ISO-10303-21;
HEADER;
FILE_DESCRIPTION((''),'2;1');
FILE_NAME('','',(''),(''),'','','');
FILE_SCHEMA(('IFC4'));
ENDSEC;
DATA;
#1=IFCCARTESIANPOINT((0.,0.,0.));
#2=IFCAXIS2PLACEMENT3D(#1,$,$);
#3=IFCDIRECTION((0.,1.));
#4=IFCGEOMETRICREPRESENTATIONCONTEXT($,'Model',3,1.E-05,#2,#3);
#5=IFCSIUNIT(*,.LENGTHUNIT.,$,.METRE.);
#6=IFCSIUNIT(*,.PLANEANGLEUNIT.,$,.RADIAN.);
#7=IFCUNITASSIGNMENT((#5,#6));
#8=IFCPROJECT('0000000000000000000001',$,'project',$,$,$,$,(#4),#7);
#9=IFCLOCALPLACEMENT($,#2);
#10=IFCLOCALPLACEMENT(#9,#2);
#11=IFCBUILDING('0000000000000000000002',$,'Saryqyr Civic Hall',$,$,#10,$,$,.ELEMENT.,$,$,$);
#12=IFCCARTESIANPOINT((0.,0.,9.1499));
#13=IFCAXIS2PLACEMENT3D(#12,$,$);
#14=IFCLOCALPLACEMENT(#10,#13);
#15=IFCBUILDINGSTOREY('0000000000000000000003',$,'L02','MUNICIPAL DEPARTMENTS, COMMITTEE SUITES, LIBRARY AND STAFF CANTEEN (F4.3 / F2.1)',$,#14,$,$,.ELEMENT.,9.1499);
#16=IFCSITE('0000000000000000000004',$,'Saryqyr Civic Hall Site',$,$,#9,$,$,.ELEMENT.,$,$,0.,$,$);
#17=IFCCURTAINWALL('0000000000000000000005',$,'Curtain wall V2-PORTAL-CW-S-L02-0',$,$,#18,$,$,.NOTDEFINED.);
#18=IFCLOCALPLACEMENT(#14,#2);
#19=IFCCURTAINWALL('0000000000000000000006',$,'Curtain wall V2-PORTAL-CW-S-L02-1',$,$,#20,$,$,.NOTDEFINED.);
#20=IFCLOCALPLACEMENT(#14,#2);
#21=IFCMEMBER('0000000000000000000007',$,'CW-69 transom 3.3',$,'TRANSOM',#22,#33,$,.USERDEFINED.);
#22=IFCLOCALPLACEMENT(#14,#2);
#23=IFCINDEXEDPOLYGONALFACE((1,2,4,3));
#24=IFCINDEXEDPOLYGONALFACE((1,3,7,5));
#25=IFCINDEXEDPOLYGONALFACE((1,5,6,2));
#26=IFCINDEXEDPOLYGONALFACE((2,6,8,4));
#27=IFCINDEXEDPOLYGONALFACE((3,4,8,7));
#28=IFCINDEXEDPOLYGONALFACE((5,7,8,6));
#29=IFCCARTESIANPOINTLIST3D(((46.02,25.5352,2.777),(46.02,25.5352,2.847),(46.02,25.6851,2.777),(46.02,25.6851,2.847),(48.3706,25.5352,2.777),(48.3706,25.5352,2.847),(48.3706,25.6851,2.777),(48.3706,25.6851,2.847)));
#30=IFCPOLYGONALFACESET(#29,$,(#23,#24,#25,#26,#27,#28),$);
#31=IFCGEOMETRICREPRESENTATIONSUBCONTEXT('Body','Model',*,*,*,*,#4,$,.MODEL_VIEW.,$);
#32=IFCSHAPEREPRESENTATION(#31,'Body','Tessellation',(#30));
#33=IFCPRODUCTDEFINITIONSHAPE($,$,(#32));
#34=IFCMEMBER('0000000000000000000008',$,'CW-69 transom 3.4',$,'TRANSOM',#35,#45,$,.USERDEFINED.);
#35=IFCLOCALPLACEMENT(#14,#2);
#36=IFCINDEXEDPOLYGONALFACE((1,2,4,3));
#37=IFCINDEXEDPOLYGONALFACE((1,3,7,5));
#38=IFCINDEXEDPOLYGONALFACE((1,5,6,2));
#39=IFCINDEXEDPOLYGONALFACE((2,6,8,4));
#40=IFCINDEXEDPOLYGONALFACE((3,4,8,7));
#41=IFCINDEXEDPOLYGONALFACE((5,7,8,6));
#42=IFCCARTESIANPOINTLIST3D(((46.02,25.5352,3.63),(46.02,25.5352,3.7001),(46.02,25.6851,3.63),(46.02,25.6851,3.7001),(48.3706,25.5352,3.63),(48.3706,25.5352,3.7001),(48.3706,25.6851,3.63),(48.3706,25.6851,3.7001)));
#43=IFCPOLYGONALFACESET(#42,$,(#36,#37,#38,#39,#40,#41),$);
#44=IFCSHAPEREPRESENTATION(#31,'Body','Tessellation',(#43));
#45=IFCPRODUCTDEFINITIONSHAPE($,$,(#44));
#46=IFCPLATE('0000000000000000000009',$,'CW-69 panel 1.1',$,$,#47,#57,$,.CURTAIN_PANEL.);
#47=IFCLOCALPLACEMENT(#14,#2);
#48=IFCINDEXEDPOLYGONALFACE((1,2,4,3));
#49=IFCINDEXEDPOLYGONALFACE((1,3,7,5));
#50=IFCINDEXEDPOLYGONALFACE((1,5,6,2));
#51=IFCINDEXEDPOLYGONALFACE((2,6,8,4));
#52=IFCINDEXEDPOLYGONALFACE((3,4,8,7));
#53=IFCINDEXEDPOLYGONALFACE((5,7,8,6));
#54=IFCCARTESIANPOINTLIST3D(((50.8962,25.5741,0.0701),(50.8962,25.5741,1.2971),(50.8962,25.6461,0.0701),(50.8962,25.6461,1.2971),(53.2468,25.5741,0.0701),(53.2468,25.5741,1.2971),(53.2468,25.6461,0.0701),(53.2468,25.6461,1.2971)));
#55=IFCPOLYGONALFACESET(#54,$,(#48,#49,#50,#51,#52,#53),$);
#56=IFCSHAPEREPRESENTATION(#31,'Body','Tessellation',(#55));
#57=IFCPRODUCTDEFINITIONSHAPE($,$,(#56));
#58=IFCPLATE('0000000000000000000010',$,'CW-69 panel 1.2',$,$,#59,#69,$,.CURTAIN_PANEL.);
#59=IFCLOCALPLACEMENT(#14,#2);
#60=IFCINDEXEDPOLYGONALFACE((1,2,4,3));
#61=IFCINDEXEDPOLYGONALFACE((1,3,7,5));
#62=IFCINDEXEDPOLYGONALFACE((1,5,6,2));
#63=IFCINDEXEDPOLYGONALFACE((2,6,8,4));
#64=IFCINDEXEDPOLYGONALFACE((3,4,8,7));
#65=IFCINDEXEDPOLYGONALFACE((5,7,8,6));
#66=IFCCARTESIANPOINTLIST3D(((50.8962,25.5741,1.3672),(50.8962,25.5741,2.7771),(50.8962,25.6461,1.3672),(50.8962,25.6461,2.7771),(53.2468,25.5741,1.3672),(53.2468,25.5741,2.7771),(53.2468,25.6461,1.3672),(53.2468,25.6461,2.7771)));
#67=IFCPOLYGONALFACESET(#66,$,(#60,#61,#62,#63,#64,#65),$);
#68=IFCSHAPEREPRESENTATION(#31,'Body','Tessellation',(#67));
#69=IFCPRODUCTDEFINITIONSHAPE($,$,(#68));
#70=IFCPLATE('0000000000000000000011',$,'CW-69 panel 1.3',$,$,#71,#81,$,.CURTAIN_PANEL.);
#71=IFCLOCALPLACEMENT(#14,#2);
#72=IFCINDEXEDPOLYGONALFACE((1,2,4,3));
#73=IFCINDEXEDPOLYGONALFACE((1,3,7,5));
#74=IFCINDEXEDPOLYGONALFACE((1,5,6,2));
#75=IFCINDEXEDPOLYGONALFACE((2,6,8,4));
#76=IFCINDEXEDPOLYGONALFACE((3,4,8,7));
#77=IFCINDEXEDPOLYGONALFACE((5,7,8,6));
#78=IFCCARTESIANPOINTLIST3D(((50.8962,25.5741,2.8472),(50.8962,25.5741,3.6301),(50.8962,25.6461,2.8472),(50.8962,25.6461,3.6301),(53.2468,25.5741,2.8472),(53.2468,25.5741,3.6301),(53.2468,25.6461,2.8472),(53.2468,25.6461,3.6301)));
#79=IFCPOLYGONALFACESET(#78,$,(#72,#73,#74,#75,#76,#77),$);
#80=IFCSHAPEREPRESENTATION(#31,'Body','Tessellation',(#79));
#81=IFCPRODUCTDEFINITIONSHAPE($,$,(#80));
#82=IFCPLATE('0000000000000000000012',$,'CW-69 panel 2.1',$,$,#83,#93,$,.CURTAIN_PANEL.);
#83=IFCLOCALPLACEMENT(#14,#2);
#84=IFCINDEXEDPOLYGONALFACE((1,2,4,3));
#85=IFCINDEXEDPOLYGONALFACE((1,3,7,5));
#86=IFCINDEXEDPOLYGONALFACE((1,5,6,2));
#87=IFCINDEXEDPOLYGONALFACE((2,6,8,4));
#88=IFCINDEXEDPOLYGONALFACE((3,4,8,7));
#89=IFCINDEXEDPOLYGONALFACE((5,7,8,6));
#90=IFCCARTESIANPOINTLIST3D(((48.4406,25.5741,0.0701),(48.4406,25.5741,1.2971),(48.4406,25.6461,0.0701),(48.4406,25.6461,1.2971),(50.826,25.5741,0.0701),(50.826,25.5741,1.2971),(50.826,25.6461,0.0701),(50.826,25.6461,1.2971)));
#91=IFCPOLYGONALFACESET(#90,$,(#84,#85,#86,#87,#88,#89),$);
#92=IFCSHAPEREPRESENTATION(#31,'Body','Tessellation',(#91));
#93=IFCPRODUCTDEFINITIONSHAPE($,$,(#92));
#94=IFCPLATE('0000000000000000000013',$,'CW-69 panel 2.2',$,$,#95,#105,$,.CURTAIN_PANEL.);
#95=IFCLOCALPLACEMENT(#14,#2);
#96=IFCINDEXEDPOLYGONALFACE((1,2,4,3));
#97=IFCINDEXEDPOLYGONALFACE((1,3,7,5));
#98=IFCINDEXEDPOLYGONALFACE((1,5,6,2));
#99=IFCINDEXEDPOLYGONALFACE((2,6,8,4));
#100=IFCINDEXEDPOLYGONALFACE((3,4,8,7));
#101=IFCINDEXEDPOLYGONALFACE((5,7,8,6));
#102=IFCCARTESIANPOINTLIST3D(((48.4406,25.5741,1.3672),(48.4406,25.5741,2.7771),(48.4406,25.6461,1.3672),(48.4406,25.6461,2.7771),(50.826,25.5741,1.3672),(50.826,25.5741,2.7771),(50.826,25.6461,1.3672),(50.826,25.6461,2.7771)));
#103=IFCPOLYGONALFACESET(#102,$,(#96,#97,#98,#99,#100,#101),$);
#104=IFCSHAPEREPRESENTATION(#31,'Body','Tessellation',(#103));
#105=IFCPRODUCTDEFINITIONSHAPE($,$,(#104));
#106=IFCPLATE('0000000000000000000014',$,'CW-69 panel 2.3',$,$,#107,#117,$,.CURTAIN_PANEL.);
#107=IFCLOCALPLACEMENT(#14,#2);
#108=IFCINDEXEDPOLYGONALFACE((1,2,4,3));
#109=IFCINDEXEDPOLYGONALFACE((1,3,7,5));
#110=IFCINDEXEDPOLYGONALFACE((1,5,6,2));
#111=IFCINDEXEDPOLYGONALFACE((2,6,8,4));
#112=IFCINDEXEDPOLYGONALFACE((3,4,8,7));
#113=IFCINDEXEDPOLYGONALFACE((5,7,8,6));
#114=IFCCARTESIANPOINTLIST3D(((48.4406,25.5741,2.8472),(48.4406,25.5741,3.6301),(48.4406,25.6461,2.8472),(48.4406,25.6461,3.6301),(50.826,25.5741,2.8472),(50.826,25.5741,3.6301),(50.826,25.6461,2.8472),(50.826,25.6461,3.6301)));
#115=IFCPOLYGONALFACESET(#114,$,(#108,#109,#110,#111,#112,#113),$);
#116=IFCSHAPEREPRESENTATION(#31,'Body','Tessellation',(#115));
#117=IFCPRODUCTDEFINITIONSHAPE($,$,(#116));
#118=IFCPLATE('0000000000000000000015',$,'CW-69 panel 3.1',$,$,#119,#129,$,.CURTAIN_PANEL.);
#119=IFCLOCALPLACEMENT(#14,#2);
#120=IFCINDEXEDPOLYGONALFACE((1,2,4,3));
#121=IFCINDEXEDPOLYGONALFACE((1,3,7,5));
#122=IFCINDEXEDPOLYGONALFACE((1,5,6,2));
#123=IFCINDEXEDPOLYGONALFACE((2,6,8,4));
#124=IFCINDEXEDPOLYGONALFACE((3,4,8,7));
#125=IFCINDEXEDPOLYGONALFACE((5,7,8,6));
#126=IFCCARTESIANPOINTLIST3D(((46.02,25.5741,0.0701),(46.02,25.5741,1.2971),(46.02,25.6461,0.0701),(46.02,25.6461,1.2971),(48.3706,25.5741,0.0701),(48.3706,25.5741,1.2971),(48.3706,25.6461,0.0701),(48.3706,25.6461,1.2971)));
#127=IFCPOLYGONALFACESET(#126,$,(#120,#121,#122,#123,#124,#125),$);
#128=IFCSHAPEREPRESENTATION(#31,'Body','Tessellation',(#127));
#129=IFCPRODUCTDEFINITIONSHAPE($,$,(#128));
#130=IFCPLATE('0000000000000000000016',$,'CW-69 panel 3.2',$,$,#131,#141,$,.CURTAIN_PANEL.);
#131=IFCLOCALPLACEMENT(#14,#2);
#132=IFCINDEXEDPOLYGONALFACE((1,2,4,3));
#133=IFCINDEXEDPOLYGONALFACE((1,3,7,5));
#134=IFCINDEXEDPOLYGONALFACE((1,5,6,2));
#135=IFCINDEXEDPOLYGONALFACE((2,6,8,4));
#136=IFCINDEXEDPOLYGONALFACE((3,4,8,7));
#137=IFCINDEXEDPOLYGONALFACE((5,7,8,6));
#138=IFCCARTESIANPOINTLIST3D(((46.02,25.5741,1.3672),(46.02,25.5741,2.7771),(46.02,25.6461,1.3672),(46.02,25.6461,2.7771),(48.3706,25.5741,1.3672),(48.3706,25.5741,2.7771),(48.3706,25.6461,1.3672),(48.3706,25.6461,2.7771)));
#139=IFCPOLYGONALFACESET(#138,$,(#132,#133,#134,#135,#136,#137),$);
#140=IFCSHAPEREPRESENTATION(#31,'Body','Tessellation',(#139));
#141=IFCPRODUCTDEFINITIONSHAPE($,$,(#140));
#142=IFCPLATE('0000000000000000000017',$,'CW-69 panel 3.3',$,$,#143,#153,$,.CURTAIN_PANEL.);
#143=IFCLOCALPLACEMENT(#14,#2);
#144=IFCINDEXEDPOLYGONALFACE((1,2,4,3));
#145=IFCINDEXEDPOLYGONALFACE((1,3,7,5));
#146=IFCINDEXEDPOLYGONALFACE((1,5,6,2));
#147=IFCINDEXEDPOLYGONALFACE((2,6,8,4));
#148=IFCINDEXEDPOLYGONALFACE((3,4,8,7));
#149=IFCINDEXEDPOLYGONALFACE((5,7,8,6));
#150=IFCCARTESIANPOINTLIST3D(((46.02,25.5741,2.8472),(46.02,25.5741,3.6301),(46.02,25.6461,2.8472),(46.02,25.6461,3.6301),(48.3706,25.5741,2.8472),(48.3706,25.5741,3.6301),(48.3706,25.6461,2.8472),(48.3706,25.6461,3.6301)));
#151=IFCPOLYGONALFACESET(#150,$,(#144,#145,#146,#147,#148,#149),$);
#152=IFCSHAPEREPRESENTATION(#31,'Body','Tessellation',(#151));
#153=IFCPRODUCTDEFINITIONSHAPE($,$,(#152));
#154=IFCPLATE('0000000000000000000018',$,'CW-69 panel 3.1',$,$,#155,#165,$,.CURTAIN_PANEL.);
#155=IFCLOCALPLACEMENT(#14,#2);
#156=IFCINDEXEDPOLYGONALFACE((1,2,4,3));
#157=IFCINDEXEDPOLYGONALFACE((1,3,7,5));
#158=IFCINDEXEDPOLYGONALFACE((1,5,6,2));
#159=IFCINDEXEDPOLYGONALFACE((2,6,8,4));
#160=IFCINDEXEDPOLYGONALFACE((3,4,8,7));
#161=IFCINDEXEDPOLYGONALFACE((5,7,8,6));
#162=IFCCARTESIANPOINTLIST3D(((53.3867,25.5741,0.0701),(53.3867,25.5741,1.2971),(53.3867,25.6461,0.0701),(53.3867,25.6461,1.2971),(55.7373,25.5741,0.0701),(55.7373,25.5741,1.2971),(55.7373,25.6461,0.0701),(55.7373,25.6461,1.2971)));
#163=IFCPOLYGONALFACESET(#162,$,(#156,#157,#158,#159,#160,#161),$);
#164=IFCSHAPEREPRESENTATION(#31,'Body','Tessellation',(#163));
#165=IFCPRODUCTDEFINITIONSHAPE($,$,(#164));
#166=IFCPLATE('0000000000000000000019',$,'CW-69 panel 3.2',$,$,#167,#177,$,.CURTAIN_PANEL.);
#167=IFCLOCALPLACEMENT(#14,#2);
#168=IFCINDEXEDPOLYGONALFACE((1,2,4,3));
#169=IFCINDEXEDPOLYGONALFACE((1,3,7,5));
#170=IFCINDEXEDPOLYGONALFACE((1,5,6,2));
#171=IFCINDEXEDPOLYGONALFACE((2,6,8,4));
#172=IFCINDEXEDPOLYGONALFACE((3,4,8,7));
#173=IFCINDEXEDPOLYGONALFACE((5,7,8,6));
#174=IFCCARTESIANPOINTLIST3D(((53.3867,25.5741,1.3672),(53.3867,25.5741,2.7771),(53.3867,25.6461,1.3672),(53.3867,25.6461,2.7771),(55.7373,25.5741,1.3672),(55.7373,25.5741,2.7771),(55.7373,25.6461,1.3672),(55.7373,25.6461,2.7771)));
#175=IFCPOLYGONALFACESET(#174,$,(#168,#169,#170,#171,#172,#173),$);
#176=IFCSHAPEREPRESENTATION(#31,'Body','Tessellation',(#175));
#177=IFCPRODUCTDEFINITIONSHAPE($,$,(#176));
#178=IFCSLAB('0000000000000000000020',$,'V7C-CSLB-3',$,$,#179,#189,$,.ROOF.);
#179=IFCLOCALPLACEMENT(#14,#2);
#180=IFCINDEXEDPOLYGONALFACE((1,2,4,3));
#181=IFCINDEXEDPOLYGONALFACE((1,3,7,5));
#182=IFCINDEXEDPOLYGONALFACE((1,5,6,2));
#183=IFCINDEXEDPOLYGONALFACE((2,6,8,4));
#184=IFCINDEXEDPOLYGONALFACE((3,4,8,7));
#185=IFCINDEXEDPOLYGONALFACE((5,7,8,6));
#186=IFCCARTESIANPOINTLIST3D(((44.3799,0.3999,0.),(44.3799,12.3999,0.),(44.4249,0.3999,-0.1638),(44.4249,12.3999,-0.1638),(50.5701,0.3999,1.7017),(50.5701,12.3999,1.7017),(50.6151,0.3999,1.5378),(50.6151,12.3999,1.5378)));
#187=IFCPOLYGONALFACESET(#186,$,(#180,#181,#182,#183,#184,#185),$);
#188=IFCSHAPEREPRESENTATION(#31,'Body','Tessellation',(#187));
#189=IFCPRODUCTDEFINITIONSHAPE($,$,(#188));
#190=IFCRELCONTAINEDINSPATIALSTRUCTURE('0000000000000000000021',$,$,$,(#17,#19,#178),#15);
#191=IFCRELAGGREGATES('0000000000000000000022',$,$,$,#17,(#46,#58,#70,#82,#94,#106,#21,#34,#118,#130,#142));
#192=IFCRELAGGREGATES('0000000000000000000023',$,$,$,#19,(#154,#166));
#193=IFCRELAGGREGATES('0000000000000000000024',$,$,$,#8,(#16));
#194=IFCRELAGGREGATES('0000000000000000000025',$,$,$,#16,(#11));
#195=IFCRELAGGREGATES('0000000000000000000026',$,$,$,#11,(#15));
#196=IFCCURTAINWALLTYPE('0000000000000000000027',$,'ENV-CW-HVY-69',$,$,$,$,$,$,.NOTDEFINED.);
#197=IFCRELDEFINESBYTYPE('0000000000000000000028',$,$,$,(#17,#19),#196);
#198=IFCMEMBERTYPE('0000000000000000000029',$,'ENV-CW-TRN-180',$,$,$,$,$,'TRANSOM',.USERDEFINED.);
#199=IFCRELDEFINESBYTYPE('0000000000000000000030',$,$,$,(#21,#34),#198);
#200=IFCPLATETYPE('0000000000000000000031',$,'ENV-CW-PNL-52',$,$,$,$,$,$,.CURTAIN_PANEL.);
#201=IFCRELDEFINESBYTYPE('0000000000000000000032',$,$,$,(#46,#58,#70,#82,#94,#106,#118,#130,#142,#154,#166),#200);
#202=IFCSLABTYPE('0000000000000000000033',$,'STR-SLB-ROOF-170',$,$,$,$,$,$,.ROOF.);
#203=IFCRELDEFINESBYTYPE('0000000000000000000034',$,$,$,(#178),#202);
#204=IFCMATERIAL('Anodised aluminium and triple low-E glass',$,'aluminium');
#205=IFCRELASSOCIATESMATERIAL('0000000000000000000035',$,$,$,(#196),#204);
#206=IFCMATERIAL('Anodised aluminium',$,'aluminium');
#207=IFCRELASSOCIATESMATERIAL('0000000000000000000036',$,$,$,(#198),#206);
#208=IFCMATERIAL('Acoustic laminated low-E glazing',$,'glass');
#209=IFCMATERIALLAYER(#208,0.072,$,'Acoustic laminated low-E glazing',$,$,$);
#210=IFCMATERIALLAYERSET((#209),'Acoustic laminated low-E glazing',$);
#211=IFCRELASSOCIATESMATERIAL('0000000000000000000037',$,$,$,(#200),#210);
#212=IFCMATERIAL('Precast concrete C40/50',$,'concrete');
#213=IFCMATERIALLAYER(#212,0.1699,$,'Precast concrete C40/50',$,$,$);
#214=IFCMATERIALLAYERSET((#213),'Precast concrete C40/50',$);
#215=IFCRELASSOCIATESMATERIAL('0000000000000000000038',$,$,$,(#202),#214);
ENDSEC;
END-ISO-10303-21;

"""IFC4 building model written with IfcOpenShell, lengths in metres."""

from ifc_helpers import new_model, si_unit, direction, frame, origin, origin_2d, place, context, subcontext, project, spatial, polyline, rectangle, outline, extrude, material, layer, layer_set, material_profile, profile_set, type_object, element, aggregate, save


model = new_model("IFC4")

# Units and contexts
model_context = context("Model", 3, precision=1e-05, world=origin(), true_north=direction((0.0, 1.0)))
body_context = subcontext(model_context, "Body", "Model", "MODEL_VIEW")
ifc_project = project(units=[si_unit("LENGTHUNIT", "METRE"), si_unit("PLANEANGLEUNIT", "RADIAN")], contexts=[model_context])

# Site, building, storey
site_placement = place(None, origin())
site = spatial("IfcSite", under=ifc_project, at=site_placement, Name="Saryqyr Civic Hall Site", CompositionType="ELEMENT", RefElevation=0.0)
building_placement = place(site_placement, origin())
building = spatial("IfcBuilding", under=site, at=building_placement, Name="Saryqyr Civic Hall", CompositionType="ELEMENT")
storey_placement = place(building_placement, frame((0.0, 0.0, 9.1499)))
storey = spatial("IfcBuildingStorey", under=building, at=storey_placement, Name="L02", Description="MUNICIPAL DEPARTMENTS, COMMITTEE SUITES, LIBRARY AND STAFF CANTEEN (F4.3 / F2.1)", CompositionType="ELEMENT", Elevation=9.1499)

# Curtain wall
ifc_material_1 = material(Name="Anodised aluminium and triple low-E glass", Category="aluminium")
curtain_wall_type = type_object("IfcCurtainWallType", Name="ENV-CW-HVY-69", PredefinedType="NOTDEFINED", material=ifc_material_1)
curtain_wall_1_placement = place(storey_placement, origin())
curtain_wall_1 = element("IfcCurtainWall", 1, at=curtain_wall_1_placement, inside=storey, type_object=curtain_wall_type, Name="Curtain wall V2-PORTAL-CW-S-L02-0", PredefinedType="NOTDEFINED")
ifc_material_2 = material(Name="Anodised aluminium", Category="aluminium")

# Curtain wall
curtain_wall_2_placement = place(storey_placement, origin())
curtain_wall_2 = element("IfcCurtainWall", 2, at=curtain_wall_2_placement, inside=storey, type_object=curtain_wall_type, Name="Curtain wall V2-PORTAL-CW-S-L02-1", PredefinedType="NOTDEFINED")

# Members
ifc_material_profile_1 = material_profile(ifc_material_2, rectangle(XDim=0.1499, YDim=0.0701, at=origin_2d()), Name="ALU TRANSOM 150x70")
ifc_profile_set_1 = profile_set([ifc_material_profile_1], Name="Anodised aluminium")
member_type_1 = type_object("IfcMemberType", Name="ENV-CW-TRN-180", ElementType="TRANSOM", PredefinedType="USERDEFINED", material=ifc_profile_set_1)
member_1_placement = place(storey_placement, frame((48.3706, 25.6101, 2.812), z_axis=(-1.0, 0.0, 0.0), x_axis=(0.0, -1.0, 0.0)))
member_1 = element("IfcMember", 3, at=member_1_placement, type_object=member_type_1, Name="CW-69 transom 3.3", ObjectType="TRANSOM", PredefinedType="USERDEFINED", context=body_context, shape_type="SweptSolid", body=[
    extrude(rectangle(XDim=0.1499, YDim=0.0701, at=origin_2d()), origin(), (0.0, 0.0, 1.0), 2.3506),
])
member_2_placement = place(storey_placement, frame((48.3706, 25.6101, 3.665), z_axis=(-1.0, 0.0, 0.0), x_axis=(0.0, -1.0, 0.0)))
member_2 = element("IfcMember", 4, at=member_2_placement, type_object=member_type_1, Name="CW-69 transom 3.4", ObjectType="TRANSOM", PredefinedType="USERDEFINED", context=body_context, shape_type="SweptSolid", body=[
    extrude(rectangle(XDim=0.1499, YDim=0.0701, at=origin_2d()), origin(), (0.0, 0.0, 1.0), 2.3506),
])

# Plates
ifc_material_3 = material(Name="Acoustic laminated low-E glazing", Category="glass")
ifc_layer_1 = layer(ifc_material_3, 0.072, Name="Acoustic laminated low-E glazing")
ifc_layer_set_1 = layer_set([ifc_layer_1], Name="Acoustic laminated low-E glazing")
plate_type = type_object("IfcPlateType", Name="ENV-CW-PNL-52", PredefinedType="CURTAIN_PANEL", material=ifc_layer_set_1)
plate_1_placement = place(storey_placement, frame((52.0715, 25.6101, 0.0701), z_axis=(0.0, 0.0, 1.0), x_axis=(-1.0, 0.0, 0.0)))
plate_1 = element("IfcPlate", 5, at=plate_1_placement, type_object=plate_type, Name="CW-69 panel 1.1", PredefinedType="CURTAIN_PANEL", context=body_context, shape_type="SweptSolid", body=[
    extrude(rectangle(XDim=2.3506, YDim=0.072, at=origin_2d()), origin(), (0.0, 0.0, 1.0), 1.2271),
])
plate_2_placement = place(storey_placement, frame((52.0715, 25.6101, 1.3672), z_axis=(0.0, 0.0, 1.0), x_axis=(-1.0, 0.0, 0.0)))
plate_2 = element("IfcPlate", 6, at=plate_2_placement, type_object=plate_type, Name="CW-69 panel 1.2", PredefinedType="CURTAIN_PANEL", context=body_context, shape_type="SweptSolid", body=[
    extrude(rectangle(XDim=2.3506, YDim=0.072, at=origin_2d()), origin(), (0.0, 0.0, 1.0), 1.4099),
])
plate_3_placement = place(storey_placement, frame((52.0715, 25.6101, 2.8472), z_axis=(0.0, 0.0, 1.0), x_axis=(-1.0, 0.0, 0.0)))
plate_3 = element("IfcPlate", 7, at=plate_3_placement, type_object=plate_type, Name="CW-69 panel 1.3", PredefinedType="CURTAIN_PANEL", context=body_context, shape_type="SweptSolid", body=[
    extrude(rectangle(XDim=2.3506, YDim=0.072, at=origin_2d()), origin(), (0.0, 0.0, 1.0), 0.783),
])
plate_4_placement = place(storey_placement, frame((49.6333, 25.6101, 0.0701), z_axis=(0.0, 0.0, 1.0), x_axis=(-1.0, 0.0, 0.0)))
plate_4 = element("IfcPlate", 8, at=plate_4_placement, type_object=plate_type, Name="CW-69 panel 2.1", PredefinedType="CURTAIN_PANEL", context=body_context, shape_type="SweptSolid", body=[
    extrude(rectangle(XDim=2.3855, YDim=0.072, at=origin_2d()), origin(), (0.0, 0.0, 1.0), 1.2271),
])
plate_5_placement = place(storey_placement, frame((49.6333, 25.6101, 1.3672), z_axis=(0.0, 0.0, 1.0), x_axis=(-1.0, 0.0, 0.0)))
plate_5 = element("IfcPlate", 9, at=plate_5_placement, type_object=plate_type, Name="CW-69 panel 2.2", PredefinedType="CURTAIN_PANEL", context=body_context, shape_type="SweptSolid", body=[
    extrude(rectangle(XDim=2.3855, YDim=0.072, at=origin_2d()), origin(), (0.0, 0.0, 1.0), 1.4099),
])
plate_6_placement = place(storey_placement, frame((49.6333, 25.6101, 2.8472), z_axis=(0.0, 0.0, 1.0), x_axis=(-1.0, 0.0, 0.0)))
plate_6 = element("IfcPlate", 10, at=plate_6_placement, type_object=plate_type, Name="CW-69 panel 2.3", PredefinedType="CURTAIN_PANEL", context=body_context, shape_type="SweptSolid", body=[
    extrude(rectangle(XDim=2.3855, YDim=0.072, at=origin_2d()), origin(), (0.0, 0.0, 1.0), 0.783),
])
plate_7_placement = place(storey_placement, frame((47.1953, 25.6101, 0.0701), z_axis=(0.0, 0.0, 1.0), x_axis=(-1.0, 0.0, 0.0)))
plate_7 = element("IfcPlate", 11, at=plate_7_placement, type_object=plate_type, Name="CW-69 panel 3.1", PredefinedType="CURTAIN_PANEL", context=body_context, shape_type="SweptSolid", body=[
    extrude(rectangle(XDim=2.3506, YDim=0.072, at=origin_2d()), origin(), (0.0, 0.0, 1.0), 1.2271),
])
plate_8_placement = place(storey_placement, frame((47.1953, 25.6101, 1.3672), z_axis=(0.0, 0.0, 1.0), x_axis=(-1.0, 0.0, 0.0)))
plate_8 = element("IfcPlate", 12, at=plate_8_placement, type_object=plate_type, Name="CW-69 panel 3.2", PredefinedType="CURTAIN_PANEL", context=body_context, shape_type="SweptSolid", body=[
    extrude(rectangle(XDim=2.3506, YDim=0.072, at=origin_2d()), origin(), (0.0, 0.0, 1.0), 1.4099),
])
plate_9_placement = place(storey_placement, frame((47.1953, 25.6101, 2.8472), z_axis=(0.0, 0.0, 1.0), x_axis=(-1.0, 0.0, 0.0)))
plate_9 = element("IfcPlate", 13, at=plate_9_placement, type_object=plate_type, Name="CW-69 panel 3.3", PredefinedType="CURTAIN_PANEL", context=body_context, shape_type="SweptSolid", body=[
    extrude(rectangle(XDim=2.3506, YDim=0.072, at=origin_2d()), origin(), (0.0, 0.0, 1.0), 0.783),
])
aggregate(curtain_wall_1, [plate_1, plate_2, plate_3, plate_4, plate_5, plate_6, member_1, member_2, plate_7, plate_8, plate_9])
plate_10_placement = place(storey_placement, frame((54.562, 25.6101, 0.0701), z_axis=(0.0, 0.0, 1.0), x_axis=(-1.0, 0.0, 0.0)))
plate_10 = element("IfcPlate", 14, at=plate_10_placement, type_object=plate_type, Name="CW-69 panel 3.1", PredefinedType="CURTAIN_PANEL", context=body_context, shape_type="SweptSolid", body=[
    extrude(rectangle(XDim=2.3506, YDim=0.072, at=origin_2d()), origin(), (0.0, 0.0, 1.0), 1.2271),
])
plate_11_placement = place(storey_placement, frame((54.562, 25.6101, 1.3672), z_axis=(0.0, 0.0, 1.0), x_axis=(-1.0, 0.0, 0.0)))
plate_11 = element("IfcPlate", 15, at=plate_11_placement, type_object=plate_type, Name="CW-69 panel 3.2", PredefinedType="CURTAIN_PANEL", context=body_context, shape_type="SweptSolid", body=[
    extrude(rectangle(XDim=2.3506, YDim=0.072, at=origin_2d()), origin(), (0.0, 0.0, 1.0), 1.4099),
])
aggregate(curtain_wall_2, [plate_10, plate_11])

# Slab
ifc_material_4 = material(Name="Precast concrete C40/50", Category="concrete")
ifc_layer_2 = layer(ifc_material_4, 0.1699, Name="Precast concrete C40/50")
ifc_layer_set_2 = layer_set([ifc_layer_2], Name="Precast concrete C40/50")
slab_type = type_object("IfcSlabType", Name="STR-SLB-ROOF-170", PredefinedType="ROOF", material=ifc_layer_set_2)
slab_1_placement = place(storey_placement, frame((44.3799, 0.3999, 0.0), z_axis=(-0.265064, 0.0, 0.964231), x_axis=(0.964231, 0.0, 0.265064)))
element("IfcSlab", 16, at=slab_1_placement, inside=storey, type_object=slab_type, Name="V7C-CSLB-3", PredefinedType="ROOF", context=body_context, shape_type="SweptSolid", body=[
    extrude(outline(polyline([(0.0, 0.0), (6.4198, 0.0), (6.4198, 12.0), (0.0, 12.0), (0.0, 0.0)])), origin(), (0.0, 0.0, -1.0), 0.1699),
])

save(model, "model.ifc")
